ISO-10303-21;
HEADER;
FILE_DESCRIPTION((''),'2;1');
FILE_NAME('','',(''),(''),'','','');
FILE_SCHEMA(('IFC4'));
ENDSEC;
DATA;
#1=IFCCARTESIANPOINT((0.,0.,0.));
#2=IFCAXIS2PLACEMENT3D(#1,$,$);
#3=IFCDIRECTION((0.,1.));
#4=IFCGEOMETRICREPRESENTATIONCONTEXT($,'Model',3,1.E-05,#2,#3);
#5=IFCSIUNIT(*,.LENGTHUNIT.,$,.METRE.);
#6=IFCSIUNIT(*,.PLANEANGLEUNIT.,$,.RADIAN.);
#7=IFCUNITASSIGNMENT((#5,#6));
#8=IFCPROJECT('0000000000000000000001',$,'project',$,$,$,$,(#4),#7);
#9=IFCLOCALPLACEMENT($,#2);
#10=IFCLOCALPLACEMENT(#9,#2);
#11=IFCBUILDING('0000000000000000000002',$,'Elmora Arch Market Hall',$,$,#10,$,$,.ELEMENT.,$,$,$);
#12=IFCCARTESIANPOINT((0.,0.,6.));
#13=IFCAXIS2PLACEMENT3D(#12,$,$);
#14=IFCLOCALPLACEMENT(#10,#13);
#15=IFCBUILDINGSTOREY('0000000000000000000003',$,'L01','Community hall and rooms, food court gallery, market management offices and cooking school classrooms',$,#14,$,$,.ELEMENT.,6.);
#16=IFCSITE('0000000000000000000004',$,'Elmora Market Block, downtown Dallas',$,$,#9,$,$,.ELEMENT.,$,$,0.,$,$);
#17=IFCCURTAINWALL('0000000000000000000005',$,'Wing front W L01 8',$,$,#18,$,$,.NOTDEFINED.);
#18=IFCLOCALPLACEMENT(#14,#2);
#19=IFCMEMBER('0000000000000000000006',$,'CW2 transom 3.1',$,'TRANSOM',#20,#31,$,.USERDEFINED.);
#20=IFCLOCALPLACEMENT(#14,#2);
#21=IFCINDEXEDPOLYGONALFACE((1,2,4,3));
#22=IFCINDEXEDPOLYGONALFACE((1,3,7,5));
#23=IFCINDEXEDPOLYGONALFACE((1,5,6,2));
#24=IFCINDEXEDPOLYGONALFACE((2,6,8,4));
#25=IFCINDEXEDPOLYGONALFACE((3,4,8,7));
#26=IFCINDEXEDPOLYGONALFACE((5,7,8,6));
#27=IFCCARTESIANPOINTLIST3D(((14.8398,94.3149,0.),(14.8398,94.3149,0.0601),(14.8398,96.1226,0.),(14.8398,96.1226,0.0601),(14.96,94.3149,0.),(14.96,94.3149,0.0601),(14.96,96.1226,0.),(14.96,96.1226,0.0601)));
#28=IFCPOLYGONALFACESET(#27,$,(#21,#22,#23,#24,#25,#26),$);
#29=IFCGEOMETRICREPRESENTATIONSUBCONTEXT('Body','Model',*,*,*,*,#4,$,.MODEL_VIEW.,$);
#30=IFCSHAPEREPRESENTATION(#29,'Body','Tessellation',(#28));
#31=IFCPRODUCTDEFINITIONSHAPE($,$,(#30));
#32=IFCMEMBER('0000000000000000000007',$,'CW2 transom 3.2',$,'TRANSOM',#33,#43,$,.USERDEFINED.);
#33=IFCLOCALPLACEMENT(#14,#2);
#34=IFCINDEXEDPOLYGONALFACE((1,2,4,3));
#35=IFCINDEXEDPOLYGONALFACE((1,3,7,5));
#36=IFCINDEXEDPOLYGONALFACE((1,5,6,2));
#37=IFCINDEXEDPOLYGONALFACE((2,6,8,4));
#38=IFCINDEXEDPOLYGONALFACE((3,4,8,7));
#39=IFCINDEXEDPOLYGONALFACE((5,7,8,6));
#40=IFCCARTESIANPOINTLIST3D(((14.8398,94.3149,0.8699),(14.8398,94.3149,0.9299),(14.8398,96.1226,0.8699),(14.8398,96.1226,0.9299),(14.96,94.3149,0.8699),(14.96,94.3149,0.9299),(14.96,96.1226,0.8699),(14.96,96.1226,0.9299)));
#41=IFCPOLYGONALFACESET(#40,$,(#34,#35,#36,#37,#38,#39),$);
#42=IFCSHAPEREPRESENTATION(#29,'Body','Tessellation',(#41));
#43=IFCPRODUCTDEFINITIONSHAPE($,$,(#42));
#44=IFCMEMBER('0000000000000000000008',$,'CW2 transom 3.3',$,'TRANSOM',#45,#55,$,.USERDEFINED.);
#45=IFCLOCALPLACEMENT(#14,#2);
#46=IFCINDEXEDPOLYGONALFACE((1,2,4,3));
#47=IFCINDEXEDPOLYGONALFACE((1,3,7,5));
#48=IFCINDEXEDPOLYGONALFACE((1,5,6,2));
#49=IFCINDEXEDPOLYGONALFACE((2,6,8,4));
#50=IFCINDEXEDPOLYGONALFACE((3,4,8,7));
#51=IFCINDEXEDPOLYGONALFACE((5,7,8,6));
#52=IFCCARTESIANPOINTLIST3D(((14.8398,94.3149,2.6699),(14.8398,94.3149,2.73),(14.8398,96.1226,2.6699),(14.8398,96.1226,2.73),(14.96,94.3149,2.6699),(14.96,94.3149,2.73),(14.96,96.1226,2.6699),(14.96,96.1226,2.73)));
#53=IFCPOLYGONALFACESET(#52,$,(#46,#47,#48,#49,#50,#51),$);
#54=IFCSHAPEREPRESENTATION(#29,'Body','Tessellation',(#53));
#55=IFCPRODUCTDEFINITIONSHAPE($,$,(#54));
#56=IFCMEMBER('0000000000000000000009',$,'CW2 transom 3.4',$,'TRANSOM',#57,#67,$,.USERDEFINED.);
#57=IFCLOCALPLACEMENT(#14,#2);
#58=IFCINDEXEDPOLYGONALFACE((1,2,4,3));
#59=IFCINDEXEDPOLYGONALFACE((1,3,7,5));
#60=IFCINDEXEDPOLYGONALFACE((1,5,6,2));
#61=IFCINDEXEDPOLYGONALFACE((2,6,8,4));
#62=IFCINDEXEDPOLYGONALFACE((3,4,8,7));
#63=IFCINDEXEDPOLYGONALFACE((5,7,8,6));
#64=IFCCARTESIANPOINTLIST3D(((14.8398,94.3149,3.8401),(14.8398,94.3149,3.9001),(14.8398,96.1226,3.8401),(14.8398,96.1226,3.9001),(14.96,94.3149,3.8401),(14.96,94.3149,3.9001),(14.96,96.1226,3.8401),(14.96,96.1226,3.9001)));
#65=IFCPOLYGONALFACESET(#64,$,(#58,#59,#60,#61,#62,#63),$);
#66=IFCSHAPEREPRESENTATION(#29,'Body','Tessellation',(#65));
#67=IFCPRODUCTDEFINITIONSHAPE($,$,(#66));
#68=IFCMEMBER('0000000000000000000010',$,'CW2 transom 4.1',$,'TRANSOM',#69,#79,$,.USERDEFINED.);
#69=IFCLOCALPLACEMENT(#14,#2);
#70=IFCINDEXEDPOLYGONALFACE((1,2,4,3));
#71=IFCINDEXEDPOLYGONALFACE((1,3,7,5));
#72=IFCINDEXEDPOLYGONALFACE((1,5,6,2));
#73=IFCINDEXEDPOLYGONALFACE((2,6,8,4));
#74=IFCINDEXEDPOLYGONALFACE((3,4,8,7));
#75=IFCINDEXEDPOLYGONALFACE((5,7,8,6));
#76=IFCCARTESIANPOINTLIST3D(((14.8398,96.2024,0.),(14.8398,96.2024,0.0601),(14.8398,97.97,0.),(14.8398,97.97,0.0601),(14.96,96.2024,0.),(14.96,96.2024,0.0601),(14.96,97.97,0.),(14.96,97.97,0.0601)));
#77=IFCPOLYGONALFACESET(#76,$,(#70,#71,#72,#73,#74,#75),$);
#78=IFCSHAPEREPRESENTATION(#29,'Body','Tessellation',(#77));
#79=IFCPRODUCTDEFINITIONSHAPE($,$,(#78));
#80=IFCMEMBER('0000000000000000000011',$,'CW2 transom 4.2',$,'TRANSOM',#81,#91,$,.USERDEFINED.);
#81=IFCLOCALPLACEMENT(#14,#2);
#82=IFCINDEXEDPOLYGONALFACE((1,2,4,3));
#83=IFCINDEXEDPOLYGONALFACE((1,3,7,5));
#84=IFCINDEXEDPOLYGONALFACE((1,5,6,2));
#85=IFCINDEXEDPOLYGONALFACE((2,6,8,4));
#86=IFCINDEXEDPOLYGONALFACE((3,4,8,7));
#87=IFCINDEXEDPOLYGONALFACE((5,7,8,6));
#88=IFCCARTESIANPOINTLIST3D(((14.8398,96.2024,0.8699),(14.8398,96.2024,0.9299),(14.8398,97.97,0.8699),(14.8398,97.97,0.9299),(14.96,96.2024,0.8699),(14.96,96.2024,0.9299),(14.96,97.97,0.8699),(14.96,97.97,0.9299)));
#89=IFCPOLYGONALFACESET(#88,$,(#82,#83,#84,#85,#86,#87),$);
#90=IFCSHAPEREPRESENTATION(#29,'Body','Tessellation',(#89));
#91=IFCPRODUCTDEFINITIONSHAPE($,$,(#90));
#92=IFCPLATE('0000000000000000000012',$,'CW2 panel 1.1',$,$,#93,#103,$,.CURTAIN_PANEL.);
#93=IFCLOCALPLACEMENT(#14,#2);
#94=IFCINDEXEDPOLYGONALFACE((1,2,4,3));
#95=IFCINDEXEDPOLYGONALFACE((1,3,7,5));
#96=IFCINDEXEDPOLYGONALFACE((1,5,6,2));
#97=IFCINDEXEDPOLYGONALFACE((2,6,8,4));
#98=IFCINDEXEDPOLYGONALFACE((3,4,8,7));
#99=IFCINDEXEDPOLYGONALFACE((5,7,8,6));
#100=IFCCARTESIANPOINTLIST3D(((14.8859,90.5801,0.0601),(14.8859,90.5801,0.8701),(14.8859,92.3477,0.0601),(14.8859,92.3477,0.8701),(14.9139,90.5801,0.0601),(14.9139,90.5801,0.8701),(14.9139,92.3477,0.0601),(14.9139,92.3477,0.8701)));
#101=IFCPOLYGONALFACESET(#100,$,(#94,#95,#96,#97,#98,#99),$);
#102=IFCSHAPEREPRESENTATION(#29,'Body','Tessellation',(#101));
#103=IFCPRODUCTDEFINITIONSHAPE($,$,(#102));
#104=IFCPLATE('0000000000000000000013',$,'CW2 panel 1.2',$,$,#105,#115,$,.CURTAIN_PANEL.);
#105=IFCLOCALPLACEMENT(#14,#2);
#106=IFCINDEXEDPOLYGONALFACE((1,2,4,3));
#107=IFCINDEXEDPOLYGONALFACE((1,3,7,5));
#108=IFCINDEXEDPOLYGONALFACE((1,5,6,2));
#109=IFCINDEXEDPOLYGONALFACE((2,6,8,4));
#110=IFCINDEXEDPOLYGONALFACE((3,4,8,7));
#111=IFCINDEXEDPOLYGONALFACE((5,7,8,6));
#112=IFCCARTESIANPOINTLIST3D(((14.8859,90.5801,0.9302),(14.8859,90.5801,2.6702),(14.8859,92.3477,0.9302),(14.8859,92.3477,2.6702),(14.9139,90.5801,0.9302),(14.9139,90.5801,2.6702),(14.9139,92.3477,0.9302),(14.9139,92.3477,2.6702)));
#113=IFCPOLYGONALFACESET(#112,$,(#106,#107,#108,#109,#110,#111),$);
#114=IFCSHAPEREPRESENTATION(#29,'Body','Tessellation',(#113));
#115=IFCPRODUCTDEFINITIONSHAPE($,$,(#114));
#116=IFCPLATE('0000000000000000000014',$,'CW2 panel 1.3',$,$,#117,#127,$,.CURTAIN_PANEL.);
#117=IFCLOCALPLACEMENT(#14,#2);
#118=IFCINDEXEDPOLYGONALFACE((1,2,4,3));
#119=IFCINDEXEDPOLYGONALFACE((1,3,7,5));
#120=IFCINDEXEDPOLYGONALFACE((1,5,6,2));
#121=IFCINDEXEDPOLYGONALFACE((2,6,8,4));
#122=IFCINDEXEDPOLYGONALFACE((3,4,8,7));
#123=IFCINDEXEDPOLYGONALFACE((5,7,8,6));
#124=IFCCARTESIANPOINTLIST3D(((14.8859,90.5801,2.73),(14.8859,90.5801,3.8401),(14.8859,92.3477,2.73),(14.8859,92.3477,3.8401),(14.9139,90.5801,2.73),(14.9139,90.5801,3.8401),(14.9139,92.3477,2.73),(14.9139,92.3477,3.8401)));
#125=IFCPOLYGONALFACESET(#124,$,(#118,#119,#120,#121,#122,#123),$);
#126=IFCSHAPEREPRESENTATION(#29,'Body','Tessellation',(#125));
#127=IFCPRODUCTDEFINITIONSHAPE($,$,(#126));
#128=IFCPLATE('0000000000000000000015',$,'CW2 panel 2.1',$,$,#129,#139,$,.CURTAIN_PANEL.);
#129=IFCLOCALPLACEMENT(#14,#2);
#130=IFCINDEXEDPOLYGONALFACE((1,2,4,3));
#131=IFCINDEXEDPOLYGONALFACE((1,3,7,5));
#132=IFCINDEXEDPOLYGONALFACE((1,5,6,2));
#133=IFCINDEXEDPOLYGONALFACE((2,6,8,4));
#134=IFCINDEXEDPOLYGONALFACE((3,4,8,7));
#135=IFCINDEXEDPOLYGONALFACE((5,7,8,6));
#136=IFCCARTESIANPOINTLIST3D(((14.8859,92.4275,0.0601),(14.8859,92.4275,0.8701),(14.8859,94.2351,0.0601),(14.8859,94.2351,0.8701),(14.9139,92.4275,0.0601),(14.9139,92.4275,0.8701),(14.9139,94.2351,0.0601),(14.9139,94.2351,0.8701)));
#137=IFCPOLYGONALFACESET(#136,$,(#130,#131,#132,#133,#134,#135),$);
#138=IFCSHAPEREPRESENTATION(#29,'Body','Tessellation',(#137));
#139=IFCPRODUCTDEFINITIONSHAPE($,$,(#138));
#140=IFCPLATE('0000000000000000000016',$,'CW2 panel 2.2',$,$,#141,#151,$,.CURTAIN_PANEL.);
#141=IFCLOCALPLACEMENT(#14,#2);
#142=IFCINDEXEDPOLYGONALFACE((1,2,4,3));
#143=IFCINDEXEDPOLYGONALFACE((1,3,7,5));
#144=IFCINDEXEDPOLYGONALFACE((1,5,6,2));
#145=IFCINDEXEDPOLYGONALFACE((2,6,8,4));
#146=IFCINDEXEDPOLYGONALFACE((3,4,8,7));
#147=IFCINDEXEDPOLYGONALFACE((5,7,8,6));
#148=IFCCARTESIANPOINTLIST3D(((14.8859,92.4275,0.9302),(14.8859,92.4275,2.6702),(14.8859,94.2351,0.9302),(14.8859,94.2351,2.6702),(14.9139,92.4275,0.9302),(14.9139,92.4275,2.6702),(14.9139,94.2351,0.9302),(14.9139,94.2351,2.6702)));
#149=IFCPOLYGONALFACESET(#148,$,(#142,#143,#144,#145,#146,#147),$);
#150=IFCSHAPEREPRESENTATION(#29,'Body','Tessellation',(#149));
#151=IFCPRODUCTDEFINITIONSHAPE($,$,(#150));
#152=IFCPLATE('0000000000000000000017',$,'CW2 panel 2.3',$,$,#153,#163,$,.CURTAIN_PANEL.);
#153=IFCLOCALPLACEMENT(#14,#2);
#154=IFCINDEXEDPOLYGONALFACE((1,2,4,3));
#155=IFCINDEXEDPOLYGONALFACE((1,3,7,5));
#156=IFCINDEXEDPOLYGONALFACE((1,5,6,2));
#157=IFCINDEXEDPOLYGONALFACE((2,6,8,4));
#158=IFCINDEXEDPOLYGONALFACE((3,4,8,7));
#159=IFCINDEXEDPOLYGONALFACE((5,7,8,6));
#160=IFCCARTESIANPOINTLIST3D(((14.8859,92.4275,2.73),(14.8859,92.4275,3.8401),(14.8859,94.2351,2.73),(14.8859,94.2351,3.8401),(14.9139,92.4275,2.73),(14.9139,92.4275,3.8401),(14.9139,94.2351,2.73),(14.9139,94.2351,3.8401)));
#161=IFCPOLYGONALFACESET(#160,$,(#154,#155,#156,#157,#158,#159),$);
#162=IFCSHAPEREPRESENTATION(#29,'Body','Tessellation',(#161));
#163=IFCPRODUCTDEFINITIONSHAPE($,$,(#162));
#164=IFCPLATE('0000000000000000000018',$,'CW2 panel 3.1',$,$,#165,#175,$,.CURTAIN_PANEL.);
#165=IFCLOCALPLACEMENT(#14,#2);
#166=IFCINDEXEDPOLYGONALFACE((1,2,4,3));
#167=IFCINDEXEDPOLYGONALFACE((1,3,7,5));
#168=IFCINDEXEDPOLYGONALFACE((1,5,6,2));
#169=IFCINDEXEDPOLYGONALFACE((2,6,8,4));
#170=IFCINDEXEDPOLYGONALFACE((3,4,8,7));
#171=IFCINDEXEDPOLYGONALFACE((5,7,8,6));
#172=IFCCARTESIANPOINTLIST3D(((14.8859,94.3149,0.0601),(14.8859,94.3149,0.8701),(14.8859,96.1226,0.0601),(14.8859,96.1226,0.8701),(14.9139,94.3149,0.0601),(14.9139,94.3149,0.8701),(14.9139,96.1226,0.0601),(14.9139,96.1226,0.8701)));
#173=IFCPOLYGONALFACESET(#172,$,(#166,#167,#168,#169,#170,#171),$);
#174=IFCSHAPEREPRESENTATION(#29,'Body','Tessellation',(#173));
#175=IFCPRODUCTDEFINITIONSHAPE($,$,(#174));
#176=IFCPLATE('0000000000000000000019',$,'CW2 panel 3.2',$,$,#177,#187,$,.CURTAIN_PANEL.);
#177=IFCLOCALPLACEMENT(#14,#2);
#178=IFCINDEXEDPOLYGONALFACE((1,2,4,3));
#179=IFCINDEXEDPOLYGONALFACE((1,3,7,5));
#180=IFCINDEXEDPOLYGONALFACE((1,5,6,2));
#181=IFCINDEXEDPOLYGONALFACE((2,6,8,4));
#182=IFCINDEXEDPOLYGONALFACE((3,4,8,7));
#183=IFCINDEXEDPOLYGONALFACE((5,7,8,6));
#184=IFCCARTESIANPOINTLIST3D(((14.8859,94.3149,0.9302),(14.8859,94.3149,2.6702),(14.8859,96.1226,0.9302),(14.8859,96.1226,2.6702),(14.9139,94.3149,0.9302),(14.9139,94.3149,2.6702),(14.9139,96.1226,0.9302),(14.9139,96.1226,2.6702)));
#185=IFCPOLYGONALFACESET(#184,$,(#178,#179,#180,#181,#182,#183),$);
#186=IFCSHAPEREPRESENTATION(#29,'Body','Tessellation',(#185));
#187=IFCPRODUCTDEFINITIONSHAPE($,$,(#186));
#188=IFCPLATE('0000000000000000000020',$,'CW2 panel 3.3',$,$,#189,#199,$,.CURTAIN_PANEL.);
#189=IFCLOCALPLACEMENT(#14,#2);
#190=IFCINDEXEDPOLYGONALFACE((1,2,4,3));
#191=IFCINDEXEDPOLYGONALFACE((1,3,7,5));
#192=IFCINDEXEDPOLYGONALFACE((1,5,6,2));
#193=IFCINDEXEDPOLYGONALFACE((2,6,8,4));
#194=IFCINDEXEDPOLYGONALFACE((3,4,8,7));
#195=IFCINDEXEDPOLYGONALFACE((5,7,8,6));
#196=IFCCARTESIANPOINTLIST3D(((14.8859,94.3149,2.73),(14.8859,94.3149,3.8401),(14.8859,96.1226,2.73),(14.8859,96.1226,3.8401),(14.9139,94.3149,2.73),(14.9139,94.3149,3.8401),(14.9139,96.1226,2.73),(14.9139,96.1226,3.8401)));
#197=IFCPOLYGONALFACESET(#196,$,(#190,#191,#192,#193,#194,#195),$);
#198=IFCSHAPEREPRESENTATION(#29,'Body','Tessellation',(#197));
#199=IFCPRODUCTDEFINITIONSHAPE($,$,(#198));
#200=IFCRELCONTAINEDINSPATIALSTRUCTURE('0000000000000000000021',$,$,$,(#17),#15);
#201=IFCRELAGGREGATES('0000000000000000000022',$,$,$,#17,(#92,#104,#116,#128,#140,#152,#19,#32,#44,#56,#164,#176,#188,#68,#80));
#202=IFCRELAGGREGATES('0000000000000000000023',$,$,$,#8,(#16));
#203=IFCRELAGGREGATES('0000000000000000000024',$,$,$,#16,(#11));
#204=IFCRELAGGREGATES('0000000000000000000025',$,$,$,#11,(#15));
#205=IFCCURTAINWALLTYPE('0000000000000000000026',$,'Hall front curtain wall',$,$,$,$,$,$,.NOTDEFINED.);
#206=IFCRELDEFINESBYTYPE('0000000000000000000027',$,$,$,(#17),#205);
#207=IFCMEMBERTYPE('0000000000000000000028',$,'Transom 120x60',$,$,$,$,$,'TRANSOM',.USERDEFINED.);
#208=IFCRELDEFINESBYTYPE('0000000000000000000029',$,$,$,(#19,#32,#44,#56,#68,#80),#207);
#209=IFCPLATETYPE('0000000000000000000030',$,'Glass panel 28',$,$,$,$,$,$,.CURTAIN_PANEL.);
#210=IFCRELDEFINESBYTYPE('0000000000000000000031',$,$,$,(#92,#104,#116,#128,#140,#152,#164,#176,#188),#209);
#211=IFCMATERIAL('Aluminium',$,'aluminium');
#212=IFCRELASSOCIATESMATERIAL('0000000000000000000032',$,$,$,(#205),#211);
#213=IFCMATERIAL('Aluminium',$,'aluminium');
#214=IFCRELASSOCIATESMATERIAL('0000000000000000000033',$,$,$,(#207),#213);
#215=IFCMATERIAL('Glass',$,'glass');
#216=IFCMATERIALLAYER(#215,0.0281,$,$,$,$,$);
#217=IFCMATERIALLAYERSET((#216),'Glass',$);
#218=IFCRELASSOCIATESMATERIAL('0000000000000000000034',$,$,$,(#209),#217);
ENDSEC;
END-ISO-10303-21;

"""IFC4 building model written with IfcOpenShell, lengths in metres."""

from ifc_helpers import new_model, si_unit, direction, frame, origin, origin_2d, place, context, subcontext, project, spatial, rectangle, extrude, material, layer, layer_set, material_profile, profile_set, type_object, element, aggregate, save


model = new_model("IFC4")

# Units and contexts
model_context = context("Model", 3, precision=1e-05, world=origin(), true_north=direction((0.0, 1.0)))
body_context = subcontext(model_context, "Body", "Model", "MODEL_VIEW")
ifc_project = project(units=[si_unit("LENGTHUNIT", "METRE"), si_unit("PLANEANGLEUNIT", "RADIAN")], contexts=[model_context])

# Site, building, storey
site_placement = place(None, origin())
site = spatial("IfcSite", under=ifc_project, at=site_placement, Name="Elmora Market Block, downtown Dallas", CompositionType="ELEMENT", RefElevation=0.0)
building_placement = place(site_placement, origin())
building = spatial("IfcBuilding", under=site, at=building_placement, Name="Elmora Arch Market Hall", CompositionType="ELEMENT")
storey_placement = place(building_placement, frame((0.0, 0.0, 6.0)))
storey = spatial("IfcBuildingStorey", under=building, at=storey_placement, Name="L01", Description="Community hall and rooms, food court gallery, market management offices and cooking school classrooms", CompositionType="ELEMENT", Elevation=6.0)

# Shared definitions
ifc_material_1 = material(Name="Aluminium", Category="aluminium")
curtain_wall_type = type_object("IfcCurtainWallType", Name="Hall front curtain wall", PredefinedType="NOTDEFINED", material=ifc_material_1)

# Curtain wall, members, plates
curtain_wall_1_placement = place(storey_placement, origin())
curtain_wall_1 = element("IfcCurtainWall", 1, at=curtain_wall_1_placement, inside=storey, type_object=curtain_wall_type, Name="Wing front W L01 8", PredefinedType="NOTDEFINED")
ifc_material_2 = material(Name="Aluminium", Category="aluminium")
ifc_material_profile_1 = material_profile(ifc_material_2, rectangle(XDim=0.1201, YDim=0.0601, at=origin_2d()), Name="AL 120x60")
ifc_profile_set_1 = profile_set([ifc_material_profile_1], Name="Aluminium")
member_type_1 = type_object("IfcMemberType", Name="Transom 120x60", ElementType="TRANSOM", PredefinedType="USERDEFINED", material=ifc_profile_set_1)
member_1_placement = place(storey_placement, frame((14.8999, 94.3149, 0.03), z_axis=(0.0, 1.0, 0.0), x_axis=(-1.0, 0.0, 0.0)))
member_1 = element("IfcMember", 2, at=member_1_placement, type_object=member_type_1, Name="CW2 transom 3.1", ObjectType="TRANSOM", PredefinedType="USERDEFINED", context=body_context, shape_type="SweptSolid", body=[
    extrude(rectangle(XDim=0.1201, YDim=0.0601, at=origin_2d()), origin(), (0.0, 0.0, 1.0), 1.8076),
])
member_2_placement = place(storey_placement, frame((14.8999, 94.3149, 0.8999), z_axis=(0.0, 1.0, 0.0), x_axis=(-1.0, 0.0, 0.0)))
member_2 = element("IfcMember", 3, at=member_2_placement, type_object=member_type_1, Name="CW2 transom 3.2", ObjectType="TRANSOM", PredefinedType="USERDEFINED", context=body_context, shape_type="SweptSolid", body=[
    extrude(rectangle(XDim=0.1201, YDim=0.0601, at=origin_2d()), origin(), (0.0, 0.0, 1.0), 1.8076),
])
member_3_placement = place(storey_placement, frame((14.8999, 94.3149, 2.7), z_axis=(0.0, 1.0, 0.0), x_axis=(-1.0, 0.0, 0.0)))
member_3 = element("IfcMember", 4, at=member_3_placement, type_object=member_type_1, Name="CW2 transom 3.3", ObjectType="TRANSOM", PredefinedType="USERDEFINED", context=body_context, shape_type="SweptSolid", body=[
    extrude(rectangle(XDim=0.1201, YDim=0.0601, at=origin_2d()), origin(), (0.0, 0.0, 1.0), 1.8076),
])
member_4_placement = place(storey_placement, frame((14.8999, 94.3149, 3.8701), z_axis=(0.0, 1.0, 0.0), x_axis=(-1.0, 0.0, 0.0)))
member_4 = element("IfcMember", 5, at=member_4_placement, type_object=member_type_1, Name="CW2 transom 3.4", ObjectType="TRANSOM", PredefinedType="USERDEFINED", context=body_context, shape_type="SweptSolid", body=[
    extrude(rectangle(XDim=0.1201, YDim=0.0601, at=origin_2d()), origin(), (0.0, 0.0, 1.0), 1.8076),
])
member_5_placement = place(storey_placement, frame((14.8999, 96.2024, 0.03), z_axis=(0.0, 1.0, 0.0), x_axis=(-1.0, 0.0, 0.0)))
member_5 = element("IfcMember", 6, at=member_5_placement, type_object=member_type_1, Name="CW2 transom 4.1", ObjectType="TRANSOM", PredefinedType="USERDEFINED", context=body_context, shape_type="SweptSolid", body=[
    extrude(rectangle(XDim=0.1201, YDim=0.0601, at=origin_2d()), origin(), (0.0, 0.0, 1.0), 1.7676),
])
member_6_placement = place(storey_placement, frame((14.8999, 96.2024, 0.8999), z_axis=(0.0, 1.0, 0.0), x_axis=(-1.0, 0.0, 0.0)))
member_6 = element("IfcMember", 7, at=member_6_placement, type_object=member_type_1, Name="CW2 transom 4.2", ObjectType="TRANSOM", PredefinedType="USERDEFINED", context=body_context, shape_type="SweptSolid", body=[
    extrude(rectangle(XDim=0.1201, YDim=0.0601, at=origin_2d()), origin(), (0.0, 0.0, 1.0), 1.7676),
])
ifc_material_3 = material(Name="Glass", Category="glass")
ifc_layer = layer(ifc_material_3, 0.0281)
ifc_layer_set = layer_set([ifc_layer], Name="Glass")
plate_type = type_object("IfcPlateType", Name="Glass panel 28", PredefinedType="CURTAIN_PANEL", material=ifc_layer_set)
plate_1_placement = place(storey_placement, frame((14.8999, 91.4639, 0.0601), z_axis=(0.0, 0.0, 1.0), x_axis=(0.0, 1.0, 0.0)))
plate_1 = element("IfcPlate", 8, at=plate_1_placement, type_object=plate_type, Name="CW2 panel 1.1", PredefinedType="CURTAIN_PANEL", context=body_context, shape_type="SweptSolid", body=[
    extrude(rectangle(XDim=1.7676, YDim=0.0281, at=origin_2d()), origin(), (0.0, 0.0, 1.0), 0.8101),
])
plate_2_placement = place(storey_placement, frame((14.8999, 91.4639, 0.9302), z_axis=(0.0, 0.0, 1.0), x_axis=(0.0, 1.0, 0.0)))
plate_2 = element("IfcPlate", 9, at=plate_2_placement, type_object=plate_type, Name="CW2 panel 1.2", PredefinedType="CURTAIN_PANEL", context=body_context, shape_type="SweptSolid", body=[
    extrude(rectangle(XDim=1.7676, YDim=0.0281, at=origin_2d()), origin(), (0.0, 0.0, 1.0), 1.74),
])
plate_3_placement = place(storey_placement, frame((14.8999, 91.4639, 2.73), z_axis=(0.0, 0.0, 1.0), x_axis=(0.0, 1.0, 0.0)))
plate_3 = element("IfcPlate", 10, at=plate_3_placement, type_object=plate_type, Name="CW2 panel 1.3", PredefinedType="CURTAIN_PANEL", context=body_context, shape_type="SweptSolid", body=[
    extrude(rectangle(XDim=1.7676, YDim=0.0281, at=origin_2d()), origin(), (0.0, 0.0, 1.0), 1.1101),
])
plate_4_placement = place(storey_placement, frame((14.8999, 93.3313, 0.0601), z_axis=(0.0, 0.0, 1.0), x_axis=(0.0, 1.0, 0.0)))
plate_4 = element("IfcPlate", 11, at=plate_4_placement, type_object=plate_type, Name="CW2 panel 2.1", PredefinedType="CURTAIN_PANEL", context=body_context, shape_type="SweptSolid", body=[
    extrude(rectangle(XDim=1.8076, YDim=0.0281, at=origin_2d()), origin(), (0.0, 0.0, 1.0), 0.8101),
])
plate_5_placement = place(storey_placement, frame((14.8999, 93.3313, 0.9302), z_axis=(0.0, 0.0, 1.0), x_axis=(0.0, 1.0, 0.0)))
plate_5 = element("IfcPlate", 12, at=plate_5_placement, type_object=plate_type, Name="CW2 panel 2.2", PredefinedType="CURTAIN_PANEL", context=body_context, shape_type="SweptSolid", body=[
    extrude(rectangle(XDim=1.8076, YDim=0.0281, at=origin_2d()), origin(), (0.0, 0.0, 1.0), 1.74),
])
plate_6_placement = place(storey_placement, frame((14.8999, 93.3313, 2.73), z_axis=(0.0, 0.0, 1.0), x_axis=(0.0, 1.0, 0.0)))
plate_6 = element("IfcPlate", 13, at=plate_6_placement, type_object=plate_type, Name="CW2 panel 2.3", PredefinedType="CURTAIN_PANEL", context=body_context, shape_type="SweptSolid", body=[
    extrude(rectangle(XDim=1.8076, YDim=0.0281, at=origin_2d()), origin(), (0.0, 0.0, 1.0), 1.1101),
])
plate_7_placement = place(storey_placement, frame((14.8999, 95.2188, 0.0601), z_axis=(0.0, 0.0, 1.0), x_axis=(0.0, 1.0, 0.0)))
plate_7 = element("IfcPlate", 14, at=plate_7_placement, type_object=plate_type, Name="CW2 panel 3.1", PredefinedType="CURTAIN_PANEL", context=body_context, shape_type="SweptSolid", body=[
    extrude(rectangle(XDim=1.8076, YDim=0.0281, at=origin_2d()), origin(), (0.0, 0.0, 1.0), 0.8101),
])
plate_8_placement = place(storey_placement, frame((14.8999, 95.2188, 0.9302), z_axis=(0.0, 0.0, 1.0), x_axis=(0.0, 1.0, 0.0)))
plate_8 = element("IfcPlate", 15, at=plate_8_placement, type_object=plate_type, Name="CW2 panel 3.2", PredefinedType="CURTAIN_PANEL", context=body_context, shape_type="SweptSolid", body=[
    extrude(rectangle(XDim=1.8076, YDim=0.0281, at=origin_2d()), origin(), (0.0, 0.0, 1.0), 1.74),
])
plate_9_placement = place(storey_placement, frame((14.8999, 95.2188, 2.73), z_axis=(0.0, 0.0, 1.0), x_axis=(0.0, 1.0, 0.0)))
plate_9 = element("IfcPlate", 16, at=plate_9_placement, type_object=plate_type, Name="CW2 panel 3.3", PredefinedType="CURTAIN_PANEL", context=body_context, shape_type="SweptSolid", body=[
    extrude(rectangle(XDim=1.8076, YDim=0.0281, at=origin_2d()), origin(), (0.0, 0.0, 1.0), 1.1101),
])
aggregate(curtain_wall_1, [plate_1, plate_2, plate_3, plate_4, plate_5, plate_6, member_1, member_2, member_3, member_4, plate_7, plate_8, plate_9, member_5, member_6])

save(model, "model.ifc")
